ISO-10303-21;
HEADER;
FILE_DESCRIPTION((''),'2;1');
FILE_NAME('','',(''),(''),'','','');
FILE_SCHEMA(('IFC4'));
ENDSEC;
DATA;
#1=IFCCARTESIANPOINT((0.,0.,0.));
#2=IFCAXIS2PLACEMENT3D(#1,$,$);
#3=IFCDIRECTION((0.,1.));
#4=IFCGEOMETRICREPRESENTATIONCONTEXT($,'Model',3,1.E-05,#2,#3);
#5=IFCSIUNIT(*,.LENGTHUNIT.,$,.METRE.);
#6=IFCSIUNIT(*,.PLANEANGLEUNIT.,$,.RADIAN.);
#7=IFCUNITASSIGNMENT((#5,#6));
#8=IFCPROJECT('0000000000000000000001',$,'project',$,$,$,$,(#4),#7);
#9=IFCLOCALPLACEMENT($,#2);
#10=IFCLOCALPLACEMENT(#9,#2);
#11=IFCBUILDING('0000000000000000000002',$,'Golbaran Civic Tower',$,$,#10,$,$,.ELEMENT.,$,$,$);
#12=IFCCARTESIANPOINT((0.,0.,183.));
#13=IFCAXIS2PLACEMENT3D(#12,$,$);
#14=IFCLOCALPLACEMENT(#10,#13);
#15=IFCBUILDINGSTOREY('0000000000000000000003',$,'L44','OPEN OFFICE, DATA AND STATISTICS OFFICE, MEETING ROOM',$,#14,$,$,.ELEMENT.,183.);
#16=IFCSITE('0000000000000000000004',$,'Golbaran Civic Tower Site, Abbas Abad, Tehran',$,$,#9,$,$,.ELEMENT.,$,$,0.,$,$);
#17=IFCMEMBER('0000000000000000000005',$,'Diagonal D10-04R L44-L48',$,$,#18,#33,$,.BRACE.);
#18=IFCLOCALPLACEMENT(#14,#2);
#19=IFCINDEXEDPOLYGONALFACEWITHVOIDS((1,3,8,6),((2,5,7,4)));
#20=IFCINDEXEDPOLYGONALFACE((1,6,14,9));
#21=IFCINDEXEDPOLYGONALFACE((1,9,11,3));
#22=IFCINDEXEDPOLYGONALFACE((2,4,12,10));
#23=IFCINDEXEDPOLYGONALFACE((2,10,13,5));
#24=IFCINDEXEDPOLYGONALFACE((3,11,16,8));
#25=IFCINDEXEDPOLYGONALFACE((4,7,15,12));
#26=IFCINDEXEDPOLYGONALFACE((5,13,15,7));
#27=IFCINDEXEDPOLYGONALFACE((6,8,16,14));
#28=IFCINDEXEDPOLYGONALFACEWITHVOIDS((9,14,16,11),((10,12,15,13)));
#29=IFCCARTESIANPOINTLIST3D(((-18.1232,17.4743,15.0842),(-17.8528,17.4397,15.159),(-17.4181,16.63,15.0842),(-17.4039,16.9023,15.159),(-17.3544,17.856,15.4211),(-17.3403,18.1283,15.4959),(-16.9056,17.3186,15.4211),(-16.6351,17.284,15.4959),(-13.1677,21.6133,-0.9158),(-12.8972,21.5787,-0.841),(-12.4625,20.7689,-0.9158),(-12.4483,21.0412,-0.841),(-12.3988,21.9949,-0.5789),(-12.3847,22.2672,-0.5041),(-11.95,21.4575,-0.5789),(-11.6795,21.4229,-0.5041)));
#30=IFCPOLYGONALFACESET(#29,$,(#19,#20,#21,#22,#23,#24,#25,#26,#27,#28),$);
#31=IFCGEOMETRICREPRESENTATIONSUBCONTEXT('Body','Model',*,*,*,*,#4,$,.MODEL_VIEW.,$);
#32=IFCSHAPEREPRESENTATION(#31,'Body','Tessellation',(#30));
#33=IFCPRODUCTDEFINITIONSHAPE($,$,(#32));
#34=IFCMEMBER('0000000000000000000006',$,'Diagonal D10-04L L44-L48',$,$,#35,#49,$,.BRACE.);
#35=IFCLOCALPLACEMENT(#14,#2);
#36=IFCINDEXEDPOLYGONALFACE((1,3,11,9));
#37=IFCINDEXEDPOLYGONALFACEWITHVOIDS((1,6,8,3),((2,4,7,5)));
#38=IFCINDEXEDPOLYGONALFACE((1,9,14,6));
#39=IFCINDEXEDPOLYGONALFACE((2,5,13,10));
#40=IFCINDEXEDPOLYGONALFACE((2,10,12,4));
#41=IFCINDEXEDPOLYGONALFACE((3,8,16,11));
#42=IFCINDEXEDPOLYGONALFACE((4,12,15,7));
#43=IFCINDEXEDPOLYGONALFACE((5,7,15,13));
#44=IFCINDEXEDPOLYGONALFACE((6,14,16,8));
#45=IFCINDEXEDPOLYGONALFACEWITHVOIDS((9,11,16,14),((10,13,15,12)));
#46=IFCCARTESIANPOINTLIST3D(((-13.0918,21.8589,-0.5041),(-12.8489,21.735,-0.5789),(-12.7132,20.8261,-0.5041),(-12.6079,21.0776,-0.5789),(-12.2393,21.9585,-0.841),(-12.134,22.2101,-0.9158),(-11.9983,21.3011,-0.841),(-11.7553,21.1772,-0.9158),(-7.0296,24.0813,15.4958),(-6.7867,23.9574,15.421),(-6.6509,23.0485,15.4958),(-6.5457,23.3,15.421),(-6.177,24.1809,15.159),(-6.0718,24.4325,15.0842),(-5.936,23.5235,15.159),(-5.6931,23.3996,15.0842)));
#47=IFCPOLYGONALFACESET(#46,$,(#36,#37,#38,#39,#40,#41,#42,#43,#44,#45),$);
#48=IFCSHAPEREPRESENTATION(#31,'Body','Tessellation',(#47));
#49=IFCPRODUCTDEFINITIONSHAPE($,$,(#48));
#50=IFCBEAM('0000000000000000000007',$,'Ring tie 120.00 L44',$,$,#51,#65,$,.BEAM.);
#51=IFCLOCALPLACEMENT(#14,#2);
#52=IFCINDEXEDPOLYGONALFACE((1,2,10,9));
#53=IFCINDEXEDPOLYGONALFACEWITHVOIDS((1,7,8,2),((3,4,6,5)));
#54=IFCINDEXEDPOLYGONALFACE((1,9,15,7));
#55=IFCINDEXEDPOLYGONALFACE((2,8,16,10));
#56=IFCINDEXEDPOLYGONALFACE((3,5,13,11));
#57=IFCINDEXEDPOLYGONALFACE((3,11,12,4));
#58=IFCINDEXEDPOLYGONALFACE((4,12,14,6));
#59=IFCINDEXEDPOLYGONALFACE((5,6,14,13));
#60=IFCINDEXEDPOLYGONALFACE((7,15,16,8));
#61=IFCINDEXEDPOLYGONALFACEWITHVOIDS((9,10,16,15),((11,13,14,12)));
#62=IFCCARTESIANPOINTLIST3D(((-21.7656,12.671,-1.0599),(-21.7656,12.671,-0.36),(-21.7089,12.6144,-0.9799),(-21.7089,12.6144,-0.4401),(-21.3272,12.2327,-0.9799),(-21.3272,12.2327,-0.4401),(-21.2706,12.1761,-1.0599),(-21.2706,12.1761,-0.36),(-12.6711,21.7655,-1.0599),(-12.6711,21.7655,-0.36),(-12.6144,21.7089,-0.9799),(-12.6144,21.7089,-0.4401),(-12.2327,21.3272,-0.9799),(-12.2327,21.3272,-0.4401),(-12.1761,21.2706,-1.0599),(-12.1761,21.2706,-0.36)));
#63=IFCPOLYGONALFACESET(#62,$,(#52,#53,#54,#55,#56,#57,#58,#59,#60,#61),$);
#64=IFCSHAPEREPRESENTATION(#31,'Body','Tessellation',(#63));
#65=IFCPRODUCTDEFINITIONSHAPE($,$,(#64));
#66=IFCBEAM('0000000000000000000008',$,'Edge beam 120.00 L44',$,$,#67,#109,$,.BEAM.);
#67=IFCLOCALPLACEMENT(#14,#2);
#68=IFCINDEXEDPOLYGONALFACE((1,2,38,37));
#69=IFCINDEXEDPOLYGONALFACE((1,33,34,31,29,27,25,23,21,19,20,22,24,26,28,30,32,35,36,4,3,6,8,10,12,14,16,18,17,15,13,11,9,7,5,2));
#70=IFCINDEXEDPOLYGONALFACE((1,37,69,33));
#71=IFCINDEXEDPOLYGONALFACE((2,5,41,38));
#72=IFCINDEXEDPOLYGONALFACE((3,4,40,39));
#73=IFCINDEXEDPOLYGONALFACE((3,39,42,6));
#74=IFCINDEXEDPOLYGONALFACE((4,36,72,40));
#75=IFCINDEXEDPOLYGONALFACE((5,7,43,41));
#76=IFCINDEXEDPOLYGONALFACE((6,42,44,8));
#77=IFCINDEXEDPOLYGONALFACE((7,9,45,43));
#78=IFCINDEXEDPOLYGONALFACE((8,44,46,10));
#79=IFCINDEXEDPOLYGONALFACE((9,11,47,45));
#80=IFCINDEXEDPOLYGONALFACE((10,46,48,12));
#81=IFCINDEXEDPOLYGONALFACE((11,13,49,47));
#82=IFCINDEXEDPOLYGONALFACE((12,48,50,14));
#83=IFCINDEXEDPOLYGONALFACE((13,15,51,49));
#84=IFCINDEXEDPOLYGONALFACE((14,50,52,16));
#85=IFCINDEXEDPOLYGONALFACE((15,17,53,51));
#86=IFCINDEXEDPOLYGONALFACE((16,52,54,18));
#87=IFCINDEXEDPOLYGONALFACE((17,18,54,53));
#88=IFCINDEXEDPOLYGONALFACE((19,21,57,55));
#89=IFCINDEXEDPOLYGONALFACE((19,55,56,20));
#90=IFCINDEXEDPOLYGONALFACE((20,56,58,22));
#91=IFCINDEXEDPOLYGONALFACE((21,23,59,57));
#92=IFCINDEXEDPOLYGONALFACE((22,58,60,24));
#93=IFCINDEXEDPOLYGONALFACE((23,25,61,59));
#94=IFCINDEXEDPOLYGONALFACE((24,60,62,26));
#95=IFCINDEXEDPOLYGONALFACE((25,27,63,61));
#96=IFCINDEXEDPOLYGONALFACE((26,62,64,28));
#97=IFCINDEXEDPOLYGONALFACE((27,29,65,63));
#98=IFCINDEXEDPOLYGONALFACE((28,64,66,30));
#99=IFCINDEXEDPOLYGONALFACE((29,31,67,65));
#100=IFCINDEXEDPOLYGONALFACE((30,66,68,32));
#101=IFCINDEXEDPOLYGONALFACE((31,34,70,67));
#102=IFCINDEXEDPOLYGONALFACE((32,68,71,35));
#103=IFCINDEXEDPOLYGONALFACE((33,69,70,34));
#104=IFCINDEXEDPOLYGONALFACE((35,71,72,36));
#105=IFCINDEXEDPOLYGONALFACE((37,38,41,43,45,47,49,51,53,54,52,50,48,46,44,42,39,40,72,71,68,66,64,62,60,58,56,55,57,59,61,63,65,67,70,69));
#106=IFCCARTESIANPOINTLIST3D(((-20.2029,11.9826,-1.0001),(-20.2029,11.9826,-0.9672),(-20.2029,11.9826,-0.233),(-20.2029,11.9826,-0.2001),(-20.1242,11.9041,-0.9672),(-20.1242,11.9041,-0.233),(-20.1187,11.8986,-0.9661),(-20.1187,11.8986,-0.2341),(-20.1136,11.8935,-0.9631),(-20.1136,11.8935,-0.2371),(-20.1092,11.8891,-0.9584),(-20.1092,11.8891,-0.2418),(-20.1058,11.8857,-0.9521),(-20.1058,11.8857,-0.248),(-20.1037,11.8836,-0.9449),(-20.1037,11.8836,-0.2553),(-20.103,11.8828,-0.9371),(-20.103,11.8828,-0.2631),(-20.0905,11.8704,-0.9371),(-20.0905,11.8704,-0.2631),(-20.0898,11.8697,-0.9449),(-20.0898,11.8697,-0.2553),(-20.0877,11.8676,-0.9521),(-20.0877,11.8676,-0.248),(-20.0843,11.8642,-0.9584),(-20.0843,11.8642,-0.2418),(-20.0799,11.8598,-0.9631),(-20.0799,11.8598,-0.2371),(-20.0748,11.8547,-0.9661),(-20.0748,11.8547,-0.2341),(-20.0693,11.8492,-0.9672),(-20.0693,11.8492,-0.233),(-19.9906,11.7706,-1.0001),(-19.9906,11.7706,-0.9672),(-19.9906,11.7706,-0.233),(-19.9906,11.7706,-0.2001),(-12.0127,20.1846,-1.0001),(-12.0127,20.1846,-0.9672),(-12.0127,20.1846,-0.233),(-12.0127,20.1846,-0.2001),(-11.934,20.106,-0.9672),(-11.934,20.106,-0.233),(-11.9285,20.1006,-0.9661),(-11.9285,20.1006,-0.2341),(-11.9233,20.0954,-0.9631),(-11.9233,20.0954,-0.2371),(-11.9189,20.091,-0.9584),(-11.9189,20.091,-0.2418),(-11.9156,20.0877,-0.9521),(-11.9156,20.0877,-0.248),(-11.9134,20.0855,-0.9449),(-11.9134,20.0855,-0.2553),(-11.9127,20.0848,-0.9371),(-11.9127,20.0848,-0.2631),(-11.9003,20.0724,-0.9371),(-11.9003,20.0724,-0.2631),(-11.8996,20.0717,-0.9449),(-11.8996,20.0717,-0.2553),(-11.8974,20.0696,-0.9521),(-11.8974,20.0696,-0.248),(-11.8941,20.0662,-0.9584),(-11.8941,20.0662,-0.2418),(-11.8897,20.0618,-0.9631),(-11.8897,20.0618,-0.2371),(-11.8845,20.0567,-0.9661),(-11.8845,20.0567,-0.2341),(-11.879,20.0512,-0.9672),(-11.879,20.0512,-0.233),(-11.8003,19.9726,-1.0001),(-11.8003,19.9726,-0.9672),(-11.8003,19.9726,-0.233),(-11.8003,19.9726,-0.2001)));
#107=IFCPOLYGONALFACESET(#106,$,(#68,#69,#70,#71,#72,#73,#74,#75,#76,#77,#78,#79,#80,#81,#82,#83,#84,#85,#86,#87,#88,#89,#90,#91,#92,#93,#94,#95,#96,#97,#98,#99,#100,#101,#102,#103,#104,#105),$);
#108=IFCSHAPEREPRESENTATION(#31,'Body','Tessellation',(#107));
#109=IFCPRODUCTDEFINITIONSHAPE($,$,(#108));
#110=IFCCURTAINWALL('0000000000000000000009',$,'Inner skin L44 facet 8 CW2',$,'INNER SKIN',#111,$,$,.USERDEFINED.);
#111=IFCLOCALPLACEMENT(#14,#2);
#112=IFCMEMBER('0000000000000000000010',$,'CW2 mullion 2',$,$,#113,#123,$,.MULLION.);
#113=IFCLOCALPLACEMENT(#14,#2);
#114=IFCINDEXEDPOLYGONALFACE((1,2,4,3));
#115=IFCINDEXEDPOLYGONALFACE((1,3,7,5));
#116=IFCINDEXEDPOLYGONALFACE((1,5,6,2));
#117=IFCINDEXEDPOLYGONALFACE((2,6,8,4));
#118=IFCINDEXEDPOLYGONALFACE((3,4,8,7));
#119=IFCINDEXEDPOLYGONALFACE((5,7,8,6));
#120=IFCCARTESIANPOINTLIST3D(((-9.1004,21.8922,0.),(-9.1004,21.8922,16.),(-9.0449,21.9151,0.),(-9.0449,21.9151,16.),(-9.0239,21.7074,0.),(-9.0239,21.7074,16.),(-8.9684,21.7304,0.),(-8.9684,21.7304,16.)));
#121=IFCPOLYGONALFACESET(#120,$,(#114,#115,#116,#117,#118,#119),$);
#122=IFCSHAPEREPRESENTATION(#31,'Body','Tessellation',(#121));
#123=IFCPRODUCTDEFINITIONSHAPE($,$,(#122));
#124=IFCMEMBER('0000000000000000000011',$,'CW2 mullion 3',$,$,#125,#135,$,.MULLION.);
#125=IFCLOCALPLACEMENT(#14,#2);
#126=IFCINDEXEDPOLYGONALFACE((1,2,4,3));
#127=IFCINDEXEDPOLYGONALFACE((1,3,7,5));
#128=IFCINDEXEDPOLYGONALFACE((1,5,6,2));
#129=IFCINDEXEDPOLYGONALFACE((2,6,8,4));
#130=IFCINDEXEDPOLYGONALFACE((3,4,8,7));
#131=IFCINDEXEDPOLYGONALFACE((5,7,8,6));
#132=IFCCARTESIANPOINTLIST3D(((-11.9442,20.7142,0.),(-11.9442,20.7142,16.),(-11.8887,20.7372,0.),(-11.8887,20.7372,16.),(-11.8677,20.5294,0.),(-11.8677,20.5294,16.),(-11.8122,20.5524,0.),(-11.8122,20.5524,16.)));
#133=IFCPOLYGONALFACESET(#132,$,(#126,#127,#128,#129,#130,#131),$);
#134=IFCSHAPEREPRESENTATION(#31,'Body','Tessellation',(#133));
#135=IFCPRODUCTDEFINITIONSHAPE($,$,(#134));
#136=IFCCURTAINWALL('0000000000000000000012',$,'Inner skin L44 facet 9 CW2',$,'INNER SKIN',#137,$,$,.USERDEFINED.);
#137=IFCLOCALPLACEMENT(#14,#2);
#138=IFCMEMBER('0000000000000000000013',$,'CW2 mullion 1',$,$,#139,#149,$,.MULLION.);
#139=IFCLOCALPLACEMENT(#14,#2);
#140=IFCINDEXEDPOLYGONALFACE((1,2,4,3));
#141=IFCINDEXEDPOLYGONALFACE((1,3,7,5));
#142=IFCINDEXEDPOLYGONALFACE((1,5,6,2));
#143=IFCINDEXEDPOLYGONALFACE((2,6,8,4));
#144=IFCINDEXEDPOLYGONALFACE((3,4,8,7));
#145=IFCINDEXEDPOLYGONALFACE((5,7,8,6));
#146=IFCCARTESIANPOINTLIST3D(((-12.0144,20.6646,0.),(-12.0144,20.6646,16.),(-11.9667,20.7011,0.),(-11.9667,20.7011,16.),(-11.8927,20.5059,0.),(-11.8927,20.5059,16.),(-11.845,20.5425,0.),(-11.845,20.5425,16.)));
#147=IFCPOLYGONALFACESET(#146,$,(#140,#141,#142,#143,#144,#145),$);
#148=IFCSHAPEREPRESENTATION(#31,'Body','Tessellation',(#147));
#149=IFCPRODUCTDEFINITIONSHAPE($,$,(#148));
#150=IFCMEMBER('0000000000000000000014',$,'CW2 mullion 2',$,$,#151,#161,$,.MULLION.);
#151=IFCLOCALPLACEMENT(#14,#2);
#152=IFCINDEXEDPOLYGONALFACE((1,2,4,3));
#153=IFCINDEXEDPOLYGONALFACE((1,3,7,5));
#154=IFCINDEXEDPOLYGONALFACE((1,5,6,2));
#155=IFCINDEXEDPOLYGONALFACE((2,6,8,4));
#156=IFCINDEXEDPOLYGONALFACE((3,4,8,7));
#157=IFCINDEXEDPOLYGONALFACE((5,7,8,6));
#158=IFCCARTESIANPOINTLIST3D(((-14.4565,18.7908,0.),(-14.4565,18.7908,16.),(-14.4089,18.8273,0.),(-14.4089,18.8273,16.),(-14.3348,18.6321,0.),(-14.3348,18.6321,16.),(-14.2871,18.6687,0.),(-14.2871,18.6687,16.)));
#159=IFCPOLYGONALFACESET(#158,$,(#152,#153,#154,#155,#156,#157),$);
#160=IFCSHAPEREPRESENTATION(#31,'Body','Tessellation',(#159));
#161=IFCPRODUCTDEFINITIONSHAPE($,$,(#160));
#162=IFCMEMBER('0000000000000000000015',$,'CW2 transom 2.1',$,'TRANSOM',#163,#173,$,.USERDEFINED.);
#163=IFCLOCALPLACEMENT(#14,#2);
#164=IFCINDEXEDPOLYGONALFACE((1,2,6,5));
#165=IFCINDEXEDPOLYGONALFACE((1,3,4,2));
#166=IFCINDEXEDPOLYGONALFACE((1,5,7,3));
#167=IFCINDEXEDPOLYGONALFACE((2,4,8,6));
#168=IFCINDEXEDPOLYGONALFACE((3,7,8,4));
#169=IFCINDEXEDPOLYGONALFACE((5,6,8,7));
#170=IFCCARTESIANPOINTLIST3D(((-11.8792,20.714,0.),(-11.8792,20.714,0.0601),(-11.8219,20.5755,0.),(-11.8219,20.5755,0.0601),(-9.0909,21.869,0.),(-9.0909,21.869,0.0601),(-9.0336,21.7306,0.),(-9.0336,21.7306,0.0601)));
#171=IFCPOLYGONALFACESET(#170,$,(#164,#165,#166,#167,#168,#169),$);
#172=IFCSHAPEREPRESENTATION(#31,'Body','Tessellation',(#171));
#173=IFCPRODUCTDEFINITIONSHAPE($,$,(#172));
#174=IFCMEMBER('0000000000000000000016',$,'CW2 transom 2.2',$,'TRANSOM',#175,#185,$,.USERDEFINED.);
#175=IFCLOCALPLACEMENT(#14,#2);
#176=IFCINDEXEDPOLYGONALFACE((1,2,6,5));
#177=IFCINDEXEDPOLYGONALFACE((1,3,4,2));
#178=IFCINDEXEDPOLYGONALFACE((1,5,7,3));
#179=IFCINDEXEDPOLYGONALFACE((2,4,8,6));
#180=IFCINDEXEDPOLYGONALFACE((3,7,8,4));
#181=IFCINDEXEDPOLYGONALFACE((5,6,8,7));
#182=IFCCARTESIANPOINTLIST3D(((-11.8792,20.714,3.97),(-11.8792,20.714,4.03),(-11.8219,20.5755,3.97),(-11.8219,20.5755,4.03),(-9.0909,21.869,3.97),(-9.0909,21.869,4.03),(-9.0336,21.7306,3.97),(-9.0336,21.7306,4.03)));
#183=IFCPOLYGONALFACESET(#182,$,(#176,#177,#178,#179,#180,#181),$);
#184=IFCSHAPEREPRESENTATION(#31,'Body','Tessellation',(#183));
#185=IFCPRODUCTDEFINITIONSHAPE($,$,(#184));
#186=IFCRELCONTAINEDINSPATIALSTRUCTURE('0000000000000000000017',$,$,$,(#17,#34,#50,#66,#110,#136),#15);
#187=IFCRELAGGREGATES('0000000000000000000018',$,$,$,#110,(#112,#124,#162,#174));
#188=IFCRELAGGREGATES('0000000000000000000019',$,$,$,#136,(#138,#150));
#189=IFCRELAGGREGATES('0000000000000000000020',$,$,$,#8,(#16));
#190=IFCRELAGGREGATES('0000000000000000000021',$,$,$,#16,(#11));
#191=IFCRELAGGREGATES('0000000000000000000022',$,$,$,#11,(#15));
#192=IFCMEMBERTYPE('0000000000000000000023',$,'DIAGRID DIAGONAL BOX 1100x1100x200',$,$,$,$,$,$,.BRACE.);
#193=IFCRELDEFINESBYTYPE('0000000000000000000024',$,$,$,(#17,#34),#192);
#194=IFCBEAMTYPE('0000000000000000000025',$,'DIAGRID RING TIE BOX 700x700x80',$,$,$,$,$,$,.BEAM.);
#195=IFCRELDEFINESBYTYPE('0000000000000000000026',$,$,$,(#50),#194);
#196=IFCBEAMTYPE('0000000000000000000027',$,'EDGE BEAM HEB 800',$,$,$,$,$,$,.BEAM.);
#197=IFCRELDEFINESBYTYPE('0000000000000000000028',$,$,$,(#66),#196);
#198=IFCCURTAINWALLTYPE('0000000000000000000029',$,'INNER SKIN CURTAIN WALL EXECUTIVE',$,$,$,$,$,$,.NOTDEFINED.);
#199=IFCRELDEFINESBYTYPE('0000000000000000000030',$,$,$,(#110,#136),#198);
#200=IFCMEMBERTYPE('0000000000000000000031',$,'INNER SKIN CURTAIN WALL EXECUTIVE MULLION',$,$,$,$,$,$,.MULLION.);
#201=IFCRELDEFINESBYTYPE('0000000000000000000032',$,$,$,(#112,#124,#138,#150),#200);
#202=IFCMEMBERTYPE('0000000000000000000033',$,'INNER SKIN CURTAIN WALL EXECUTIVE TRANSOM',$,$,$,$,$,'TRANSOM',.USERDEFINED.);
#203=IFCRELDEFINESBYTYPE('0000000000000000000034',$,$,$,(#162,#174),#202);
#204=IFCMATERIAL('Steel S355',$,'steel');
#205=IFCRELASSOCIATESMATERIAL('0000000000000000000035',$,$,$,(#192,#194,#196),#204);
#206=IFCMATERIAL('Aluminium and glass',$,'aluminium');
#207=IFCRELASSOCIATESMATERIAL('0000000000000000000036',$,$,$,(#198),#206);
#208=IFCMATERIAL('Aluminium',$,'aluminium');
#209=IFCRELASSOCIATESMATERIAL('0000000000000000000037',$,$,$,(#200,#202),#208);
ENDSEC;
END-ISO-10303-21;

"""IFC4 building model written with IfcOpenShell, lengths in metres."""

from ifc_helpers import new_model, si_unit, direction, frame, origin, origin_2d, place, context, subcontext, project, spatial, rectangle, hollow_rectangle, i_section, extrude, material, material_profile, profile_set, type_object, element, aggregate, save


model = new_model("IFC4")

# Units and contexts
model_context = context("Model", 3, precision=1e-05, world=origin(), true_north=direction((0.0, 1.0)))
body_context = subcontext(model_context, "Body", "Model", "MODEL_VIEW")
ifc_project = project(units=[si_unit("LENGTHUNIT", "METRE"), si_unit("PLANEANGLEUNIT", "RADIAN")], contexts=[model_context])

# Site, building, storey
site_placement = place(None, origin())
site = spatial("IfcSite", under=ifc_project, at=site_placement, Name="Golbaran Civic Tower Site, Abbas Abad, Tehran", CompositionType="ELEMENT", RefElevation=0.0)
building_placement = place(site_placement, origin())
building = spatial("IfcBuilding", under=site, at=building_placement, Name="Golbaran Civic Tower", CompositionType="ELEMENT")
storey_placement = place(building_placement, frame((0.0, 0.0, 183.0)))
storey = spatial("IfcBuildingStorey", under=building, at=storey_placement, Name="L44", Description="OPEN OFFICE, DATA AND STATISTICS OFFICE, MEETING ROOM", CompositionType="ELEMENT", Elevation=183.0)

# Members
ifc_material_1 = material(Name="Steel S355", Category="steel")
ifc_material_profile_1 = material_profile(ifc_material_1, hollow_rectangle(XDim=1.1001, YDim=1.1001, WallThickness=0.2, at=origin_2d()), Name="BOX 1100x1100x200")
ifc_profile_set_1 = profile_set([ifc_material_profile_1], Name="Steel S355")
member_type_1 = type_object("IfcMemberType", Name="DIAGRID DIAGONAL BOX 1100x1100x200", PredefinedType="BRACE", material=ifc_profile_set_1)
for number, where, z_axis, x_axis, name in (
    (1, (-12.4236, 21.5181, -0.71), (-0.287219, -0.239886, 0.92734), (0.641032, -0.767514, 0.0), "Diagonal D10-04R L44-L48"),
    (2, (-12.4236, 21.5181, -0.71), (0.35136, 0.128808, 0.927337), (-0.344198, 0.938897, 0.0), "Diagonal D10-04L L44-L48"),
):
    element("IfcMember", number, at=place(storey_placement, frame(where, z_axis=z_axis, x_axis=x_axis)), inside=storey, type_object=member_type_1, Name=name, PredefinedType="BRACE", context=body_context, shape_type="SweptSolid", body=[
        extrude(hollow_rectangle(XDim=1.1001, YDim=1.1001, WallThickness=0.2, at=origin_2d()), origin(), (0.0, 0.0, 1.0), 17.2537),
    ])

# Beams
ifc_material_profile_2 = material_profile(ifc_material_1, hollow_rectangle(XDim=0.7, YDim=0.7, WallThickness=0.0801, at=origin_2d()), Name="BOX 700x700x80")
ifc_profile_set_2 = profile_set([ifc_material_profile_2], Name="Steel S355")
beam_type_1 = type_object("IfcBeamType", Name="DIAGRID RING TIE BOX 700x700x80", PredefinedType="BEAM", material=ifc_profile_set_2)
beam_1_placement = place(storey_placement, frame((-12.4236, 21.5181, -0.71), z_axis=(-0.707107, -0.707107, 0.0), x_axis=(0.707107, -0.707107, 0.0)))
element("IfcBeam", 3, at=beam_1_placement, inside=storey, type_object=beam_type_1, Name="Ring tie 120.00 L44", PredefinedType="BEAM", context=body_context, shape_type="SweptSolid", body=[
    extrude(hollow_rectangle(XDim=0.7, YDim=0.7, WallThickness=0.0801, at=origin_2d()), origin(), (0.0, 0.0, 1.0), 12.8616),
])
ifc_material_profile_3 = material_profile(ifc_material_1, i_section(OverallWidth=0.3, OverallDepth=0.8, WebThickness=0.0176, FlangeThickness=0.033, FilletRadius=0.03, at=origin_2d()), Name="HEB 800")
ifc_profile_set_3 = profile_set([ifc_material_profile_3], Name="Steel S355")
beam_type_2 = type_object("IfcBeamType", Name="EDGE BEAM HEB 800", PredefinedType="BEAM", material=ifc_profile_set_3)
beam_2_placement = place(storey_placement, frame((-11.9065, 20.0786, -0.6001), z_axis=(-0.706601, -0.707612, 0.0), x_axis=(0.707612, -0.706601, 0.0)))
element("IfcBeam", 4, at=beam_2_placement, inside=storey, type_object=beam_type_2, Name="Edge beam 120.00 L44", PredefinedType="BEAM", context=body_context, shape_type="SweptSolid", body=[
    extrude(i_section(OverallWidth=0.3, OverallDepth=0.8, WebThickness=0.0176, FlangeThickness=0.033, FilletRadius=0.03, at=origin_2d()), origin(), (0.0, 0.0, 1.0), 11.5911),
])

# Curtain walls, members
ifc_material_2 = material(Name="Aluminium and glass", Category="aluminium")
curtain_wall_type = type_object("IfcCurtainWallType", Name="INNER SKIN CURTAIN WALL EXECUTIVE", PredefinedType="NOTDEFINED", material=ifc_material_2)
curtain_wall_1_placement = place(storey_placement, origin())
curtain_wall_1 = element("IfcCurtainWall", 5, at=curtain_wall_1_placement, inside=storey, type_object=curtain_wall_type, Name="Inner skin L44 facet 8 CW2", ObjectType="INNER SKIN", PredefinedType="USERDEFINED")
ifc_material_3 = material(Name="Aluminium", Category="aluminium")
ifc_material_profile_4 = material_profile(ifc_material_3, rectangle(XDim=0.2, YDim=0.0601, at=origin_2d()), Name="INNER SKIN CURTAIN WALL EXECUTIVE MULLION")
ifc_profile_set_4 = profile_set([ifc_material_profile_4], Name="Aluminium")
member_type_2 = type_object("IfcMemberType", Name="INNER SKIN CURTAIN WALL EXECUTIVE MULLION", PredefinedType="MULLION", material=ifc_profile_set_4)
member_1_placement = place(storey_placement, frame((-9.0344, 21.8113, 0.0), z_axis=(0.0, 0.0, 1.0), x_axis=(0.382683, -0.92388, 0.0)))
member_1 = element("IfcMember", 6, at=member_1_placement, type_object=member_type_2, Name="CW2 mullion 2", PredefinedType="MULLION", context=body_context, shape_type="SweptSolid", body=[
    extrude(rectangle(XDim=0.2, YDim=0.0601, at=origin_2d()), origin(), (0.0, 0.0, 1.0), 16.0),
])
member_2_placement = place(storey_placement, frame((-11.8782, 20.6333, 0.0), z_axis=(0.0, 0.0, 1.0), x_axis=(0.382683, -0.92388, 0.0)))
member_2 = element("IfcMember", 7, at=member_2_placement, type_object=member_type_2, Name="CW2 mullion 3", PredefinedType="MULLION", context=body_context, shape_type="SweptSolid", body=[
    extrude(rectangle(XDim=0.2, YDim=0.0601, at=origin_2d()), origin(), (0.0, 0.0, 1.0), 16.0),
])
curtain_wall_2_placement = place(storey_placement, origin())
curtain_wall_2 = element("IfcCurtainWall", 8, at=curtain_wall_2_placement, inside=storey, type_object=curtain_wall_type, Name="Inner skin L44 facet 9 CW2", ObjectType="INNER SKIN", PredefinedType="USERDEFINED")
member_3_placement = place(storey_placement, frame((-11.9297, 20.6035, 0.0), z_axis=(0.0, 0.0, 1.0), x_axis=(0.608761, -0.793353, 0.0)))
member_3 = element("IfcMember", 9, at=member_3_placement, type_object=member_type_2, Name="CW2 mullion 1", PredefinedType="MULLION", context=body_context, shape_type="SweptSolid", body=[
    extrude(rectangle(XDim=0.2, YDim=0.0601, at=origin_2d()), origin(), (0.0, 0.0, 1.0), 16.0),
])
member_4_placement = place(storey_placement, frame((-14.3718, 18.7297, 0.0), z_axis=(0.0, 0.0, 1.0), x_axis=(0.608761, -0.793353, 0.0)))
member_4 = element("IfcMember", 10, at=member_4_placement, type_object=member_type_2, Name="CW2 mullion 2", PredefinedType="MULLION", context=body_context, shape_type="SweptSolid", body=[
    extrude(rectangle(XDim=0.2, YDim=0.0601, at=origin_2d()), origin(), (0.0, 0.0, 1.0), 16.0),
])

# Members
ifc_material_profile_5 = material_profile(ifc_material_3, rectangle(XDim=0.1499, YDim=0.0601, at=origin_2d()), Name="INNER SKIN CURTAIN WALL EXECUTIVE TRANSOM")
ifc_profile_set_5 = profile_set([ifc_material_profile_5], Name="Aluminium")
member_type_3 = type_object("IfcMemberType", Name="INNER SKIN CURTAIN WALL EXECUTIVE TRANSOM", ElementType="TRANSOM", PredefinedType="USERDEFINED", material=ifc_profile_set_5)
member_5_placement = place(storey_placement, frame((-9.0623, 21.7998, 0.03), z_axis=(-0.923872, -0.382702, 0.0), x_axis=(0.382702, -0.923872, 0.0)))
member_5 = element("IfcMember", 11, at=member_5_placement, type_object=member_type_3, Name="CW2 transom 2.1", ObjectType="TRANSOM", PredefinedType="USERDEFINED", context=body_context, shape_type="SweptSolid", body=[
    extrude(rectangle(XDim=0.1499, YDim=0.0601, at=origin_2d()), origin(), (0.0, 0.0, 1.0), 3.0181),
])
member_6_placement = place(storey_placement, frame((-9.0623, 21.7998, 4.0), z_axis=(-0.923872, -0.382702, 0.0), x_axis=(0.382702, -0.923872, 0.0)))
member_6 = element("IfcMember", 12, at=member_6_placement, type_object=member_type_3, Name="CW2 transom 2.2", ObjectType="TRANSOM", PredefinedType="USERDEFINED", context=body_context, shape_type="SweptSolid", body=[
    extrude(rectangle(XDim=0.1499, YDim=0.0601, at=origin_2d()), origin(), (0.0, 0.0, 1.0), 3.0181),
])

aggregate(curtain_wall_1, [member_1, member_2, member_5, member_6])
aggregate(curtain_wall_2, [member_3, member_4])

save(model, "model.ifc")
